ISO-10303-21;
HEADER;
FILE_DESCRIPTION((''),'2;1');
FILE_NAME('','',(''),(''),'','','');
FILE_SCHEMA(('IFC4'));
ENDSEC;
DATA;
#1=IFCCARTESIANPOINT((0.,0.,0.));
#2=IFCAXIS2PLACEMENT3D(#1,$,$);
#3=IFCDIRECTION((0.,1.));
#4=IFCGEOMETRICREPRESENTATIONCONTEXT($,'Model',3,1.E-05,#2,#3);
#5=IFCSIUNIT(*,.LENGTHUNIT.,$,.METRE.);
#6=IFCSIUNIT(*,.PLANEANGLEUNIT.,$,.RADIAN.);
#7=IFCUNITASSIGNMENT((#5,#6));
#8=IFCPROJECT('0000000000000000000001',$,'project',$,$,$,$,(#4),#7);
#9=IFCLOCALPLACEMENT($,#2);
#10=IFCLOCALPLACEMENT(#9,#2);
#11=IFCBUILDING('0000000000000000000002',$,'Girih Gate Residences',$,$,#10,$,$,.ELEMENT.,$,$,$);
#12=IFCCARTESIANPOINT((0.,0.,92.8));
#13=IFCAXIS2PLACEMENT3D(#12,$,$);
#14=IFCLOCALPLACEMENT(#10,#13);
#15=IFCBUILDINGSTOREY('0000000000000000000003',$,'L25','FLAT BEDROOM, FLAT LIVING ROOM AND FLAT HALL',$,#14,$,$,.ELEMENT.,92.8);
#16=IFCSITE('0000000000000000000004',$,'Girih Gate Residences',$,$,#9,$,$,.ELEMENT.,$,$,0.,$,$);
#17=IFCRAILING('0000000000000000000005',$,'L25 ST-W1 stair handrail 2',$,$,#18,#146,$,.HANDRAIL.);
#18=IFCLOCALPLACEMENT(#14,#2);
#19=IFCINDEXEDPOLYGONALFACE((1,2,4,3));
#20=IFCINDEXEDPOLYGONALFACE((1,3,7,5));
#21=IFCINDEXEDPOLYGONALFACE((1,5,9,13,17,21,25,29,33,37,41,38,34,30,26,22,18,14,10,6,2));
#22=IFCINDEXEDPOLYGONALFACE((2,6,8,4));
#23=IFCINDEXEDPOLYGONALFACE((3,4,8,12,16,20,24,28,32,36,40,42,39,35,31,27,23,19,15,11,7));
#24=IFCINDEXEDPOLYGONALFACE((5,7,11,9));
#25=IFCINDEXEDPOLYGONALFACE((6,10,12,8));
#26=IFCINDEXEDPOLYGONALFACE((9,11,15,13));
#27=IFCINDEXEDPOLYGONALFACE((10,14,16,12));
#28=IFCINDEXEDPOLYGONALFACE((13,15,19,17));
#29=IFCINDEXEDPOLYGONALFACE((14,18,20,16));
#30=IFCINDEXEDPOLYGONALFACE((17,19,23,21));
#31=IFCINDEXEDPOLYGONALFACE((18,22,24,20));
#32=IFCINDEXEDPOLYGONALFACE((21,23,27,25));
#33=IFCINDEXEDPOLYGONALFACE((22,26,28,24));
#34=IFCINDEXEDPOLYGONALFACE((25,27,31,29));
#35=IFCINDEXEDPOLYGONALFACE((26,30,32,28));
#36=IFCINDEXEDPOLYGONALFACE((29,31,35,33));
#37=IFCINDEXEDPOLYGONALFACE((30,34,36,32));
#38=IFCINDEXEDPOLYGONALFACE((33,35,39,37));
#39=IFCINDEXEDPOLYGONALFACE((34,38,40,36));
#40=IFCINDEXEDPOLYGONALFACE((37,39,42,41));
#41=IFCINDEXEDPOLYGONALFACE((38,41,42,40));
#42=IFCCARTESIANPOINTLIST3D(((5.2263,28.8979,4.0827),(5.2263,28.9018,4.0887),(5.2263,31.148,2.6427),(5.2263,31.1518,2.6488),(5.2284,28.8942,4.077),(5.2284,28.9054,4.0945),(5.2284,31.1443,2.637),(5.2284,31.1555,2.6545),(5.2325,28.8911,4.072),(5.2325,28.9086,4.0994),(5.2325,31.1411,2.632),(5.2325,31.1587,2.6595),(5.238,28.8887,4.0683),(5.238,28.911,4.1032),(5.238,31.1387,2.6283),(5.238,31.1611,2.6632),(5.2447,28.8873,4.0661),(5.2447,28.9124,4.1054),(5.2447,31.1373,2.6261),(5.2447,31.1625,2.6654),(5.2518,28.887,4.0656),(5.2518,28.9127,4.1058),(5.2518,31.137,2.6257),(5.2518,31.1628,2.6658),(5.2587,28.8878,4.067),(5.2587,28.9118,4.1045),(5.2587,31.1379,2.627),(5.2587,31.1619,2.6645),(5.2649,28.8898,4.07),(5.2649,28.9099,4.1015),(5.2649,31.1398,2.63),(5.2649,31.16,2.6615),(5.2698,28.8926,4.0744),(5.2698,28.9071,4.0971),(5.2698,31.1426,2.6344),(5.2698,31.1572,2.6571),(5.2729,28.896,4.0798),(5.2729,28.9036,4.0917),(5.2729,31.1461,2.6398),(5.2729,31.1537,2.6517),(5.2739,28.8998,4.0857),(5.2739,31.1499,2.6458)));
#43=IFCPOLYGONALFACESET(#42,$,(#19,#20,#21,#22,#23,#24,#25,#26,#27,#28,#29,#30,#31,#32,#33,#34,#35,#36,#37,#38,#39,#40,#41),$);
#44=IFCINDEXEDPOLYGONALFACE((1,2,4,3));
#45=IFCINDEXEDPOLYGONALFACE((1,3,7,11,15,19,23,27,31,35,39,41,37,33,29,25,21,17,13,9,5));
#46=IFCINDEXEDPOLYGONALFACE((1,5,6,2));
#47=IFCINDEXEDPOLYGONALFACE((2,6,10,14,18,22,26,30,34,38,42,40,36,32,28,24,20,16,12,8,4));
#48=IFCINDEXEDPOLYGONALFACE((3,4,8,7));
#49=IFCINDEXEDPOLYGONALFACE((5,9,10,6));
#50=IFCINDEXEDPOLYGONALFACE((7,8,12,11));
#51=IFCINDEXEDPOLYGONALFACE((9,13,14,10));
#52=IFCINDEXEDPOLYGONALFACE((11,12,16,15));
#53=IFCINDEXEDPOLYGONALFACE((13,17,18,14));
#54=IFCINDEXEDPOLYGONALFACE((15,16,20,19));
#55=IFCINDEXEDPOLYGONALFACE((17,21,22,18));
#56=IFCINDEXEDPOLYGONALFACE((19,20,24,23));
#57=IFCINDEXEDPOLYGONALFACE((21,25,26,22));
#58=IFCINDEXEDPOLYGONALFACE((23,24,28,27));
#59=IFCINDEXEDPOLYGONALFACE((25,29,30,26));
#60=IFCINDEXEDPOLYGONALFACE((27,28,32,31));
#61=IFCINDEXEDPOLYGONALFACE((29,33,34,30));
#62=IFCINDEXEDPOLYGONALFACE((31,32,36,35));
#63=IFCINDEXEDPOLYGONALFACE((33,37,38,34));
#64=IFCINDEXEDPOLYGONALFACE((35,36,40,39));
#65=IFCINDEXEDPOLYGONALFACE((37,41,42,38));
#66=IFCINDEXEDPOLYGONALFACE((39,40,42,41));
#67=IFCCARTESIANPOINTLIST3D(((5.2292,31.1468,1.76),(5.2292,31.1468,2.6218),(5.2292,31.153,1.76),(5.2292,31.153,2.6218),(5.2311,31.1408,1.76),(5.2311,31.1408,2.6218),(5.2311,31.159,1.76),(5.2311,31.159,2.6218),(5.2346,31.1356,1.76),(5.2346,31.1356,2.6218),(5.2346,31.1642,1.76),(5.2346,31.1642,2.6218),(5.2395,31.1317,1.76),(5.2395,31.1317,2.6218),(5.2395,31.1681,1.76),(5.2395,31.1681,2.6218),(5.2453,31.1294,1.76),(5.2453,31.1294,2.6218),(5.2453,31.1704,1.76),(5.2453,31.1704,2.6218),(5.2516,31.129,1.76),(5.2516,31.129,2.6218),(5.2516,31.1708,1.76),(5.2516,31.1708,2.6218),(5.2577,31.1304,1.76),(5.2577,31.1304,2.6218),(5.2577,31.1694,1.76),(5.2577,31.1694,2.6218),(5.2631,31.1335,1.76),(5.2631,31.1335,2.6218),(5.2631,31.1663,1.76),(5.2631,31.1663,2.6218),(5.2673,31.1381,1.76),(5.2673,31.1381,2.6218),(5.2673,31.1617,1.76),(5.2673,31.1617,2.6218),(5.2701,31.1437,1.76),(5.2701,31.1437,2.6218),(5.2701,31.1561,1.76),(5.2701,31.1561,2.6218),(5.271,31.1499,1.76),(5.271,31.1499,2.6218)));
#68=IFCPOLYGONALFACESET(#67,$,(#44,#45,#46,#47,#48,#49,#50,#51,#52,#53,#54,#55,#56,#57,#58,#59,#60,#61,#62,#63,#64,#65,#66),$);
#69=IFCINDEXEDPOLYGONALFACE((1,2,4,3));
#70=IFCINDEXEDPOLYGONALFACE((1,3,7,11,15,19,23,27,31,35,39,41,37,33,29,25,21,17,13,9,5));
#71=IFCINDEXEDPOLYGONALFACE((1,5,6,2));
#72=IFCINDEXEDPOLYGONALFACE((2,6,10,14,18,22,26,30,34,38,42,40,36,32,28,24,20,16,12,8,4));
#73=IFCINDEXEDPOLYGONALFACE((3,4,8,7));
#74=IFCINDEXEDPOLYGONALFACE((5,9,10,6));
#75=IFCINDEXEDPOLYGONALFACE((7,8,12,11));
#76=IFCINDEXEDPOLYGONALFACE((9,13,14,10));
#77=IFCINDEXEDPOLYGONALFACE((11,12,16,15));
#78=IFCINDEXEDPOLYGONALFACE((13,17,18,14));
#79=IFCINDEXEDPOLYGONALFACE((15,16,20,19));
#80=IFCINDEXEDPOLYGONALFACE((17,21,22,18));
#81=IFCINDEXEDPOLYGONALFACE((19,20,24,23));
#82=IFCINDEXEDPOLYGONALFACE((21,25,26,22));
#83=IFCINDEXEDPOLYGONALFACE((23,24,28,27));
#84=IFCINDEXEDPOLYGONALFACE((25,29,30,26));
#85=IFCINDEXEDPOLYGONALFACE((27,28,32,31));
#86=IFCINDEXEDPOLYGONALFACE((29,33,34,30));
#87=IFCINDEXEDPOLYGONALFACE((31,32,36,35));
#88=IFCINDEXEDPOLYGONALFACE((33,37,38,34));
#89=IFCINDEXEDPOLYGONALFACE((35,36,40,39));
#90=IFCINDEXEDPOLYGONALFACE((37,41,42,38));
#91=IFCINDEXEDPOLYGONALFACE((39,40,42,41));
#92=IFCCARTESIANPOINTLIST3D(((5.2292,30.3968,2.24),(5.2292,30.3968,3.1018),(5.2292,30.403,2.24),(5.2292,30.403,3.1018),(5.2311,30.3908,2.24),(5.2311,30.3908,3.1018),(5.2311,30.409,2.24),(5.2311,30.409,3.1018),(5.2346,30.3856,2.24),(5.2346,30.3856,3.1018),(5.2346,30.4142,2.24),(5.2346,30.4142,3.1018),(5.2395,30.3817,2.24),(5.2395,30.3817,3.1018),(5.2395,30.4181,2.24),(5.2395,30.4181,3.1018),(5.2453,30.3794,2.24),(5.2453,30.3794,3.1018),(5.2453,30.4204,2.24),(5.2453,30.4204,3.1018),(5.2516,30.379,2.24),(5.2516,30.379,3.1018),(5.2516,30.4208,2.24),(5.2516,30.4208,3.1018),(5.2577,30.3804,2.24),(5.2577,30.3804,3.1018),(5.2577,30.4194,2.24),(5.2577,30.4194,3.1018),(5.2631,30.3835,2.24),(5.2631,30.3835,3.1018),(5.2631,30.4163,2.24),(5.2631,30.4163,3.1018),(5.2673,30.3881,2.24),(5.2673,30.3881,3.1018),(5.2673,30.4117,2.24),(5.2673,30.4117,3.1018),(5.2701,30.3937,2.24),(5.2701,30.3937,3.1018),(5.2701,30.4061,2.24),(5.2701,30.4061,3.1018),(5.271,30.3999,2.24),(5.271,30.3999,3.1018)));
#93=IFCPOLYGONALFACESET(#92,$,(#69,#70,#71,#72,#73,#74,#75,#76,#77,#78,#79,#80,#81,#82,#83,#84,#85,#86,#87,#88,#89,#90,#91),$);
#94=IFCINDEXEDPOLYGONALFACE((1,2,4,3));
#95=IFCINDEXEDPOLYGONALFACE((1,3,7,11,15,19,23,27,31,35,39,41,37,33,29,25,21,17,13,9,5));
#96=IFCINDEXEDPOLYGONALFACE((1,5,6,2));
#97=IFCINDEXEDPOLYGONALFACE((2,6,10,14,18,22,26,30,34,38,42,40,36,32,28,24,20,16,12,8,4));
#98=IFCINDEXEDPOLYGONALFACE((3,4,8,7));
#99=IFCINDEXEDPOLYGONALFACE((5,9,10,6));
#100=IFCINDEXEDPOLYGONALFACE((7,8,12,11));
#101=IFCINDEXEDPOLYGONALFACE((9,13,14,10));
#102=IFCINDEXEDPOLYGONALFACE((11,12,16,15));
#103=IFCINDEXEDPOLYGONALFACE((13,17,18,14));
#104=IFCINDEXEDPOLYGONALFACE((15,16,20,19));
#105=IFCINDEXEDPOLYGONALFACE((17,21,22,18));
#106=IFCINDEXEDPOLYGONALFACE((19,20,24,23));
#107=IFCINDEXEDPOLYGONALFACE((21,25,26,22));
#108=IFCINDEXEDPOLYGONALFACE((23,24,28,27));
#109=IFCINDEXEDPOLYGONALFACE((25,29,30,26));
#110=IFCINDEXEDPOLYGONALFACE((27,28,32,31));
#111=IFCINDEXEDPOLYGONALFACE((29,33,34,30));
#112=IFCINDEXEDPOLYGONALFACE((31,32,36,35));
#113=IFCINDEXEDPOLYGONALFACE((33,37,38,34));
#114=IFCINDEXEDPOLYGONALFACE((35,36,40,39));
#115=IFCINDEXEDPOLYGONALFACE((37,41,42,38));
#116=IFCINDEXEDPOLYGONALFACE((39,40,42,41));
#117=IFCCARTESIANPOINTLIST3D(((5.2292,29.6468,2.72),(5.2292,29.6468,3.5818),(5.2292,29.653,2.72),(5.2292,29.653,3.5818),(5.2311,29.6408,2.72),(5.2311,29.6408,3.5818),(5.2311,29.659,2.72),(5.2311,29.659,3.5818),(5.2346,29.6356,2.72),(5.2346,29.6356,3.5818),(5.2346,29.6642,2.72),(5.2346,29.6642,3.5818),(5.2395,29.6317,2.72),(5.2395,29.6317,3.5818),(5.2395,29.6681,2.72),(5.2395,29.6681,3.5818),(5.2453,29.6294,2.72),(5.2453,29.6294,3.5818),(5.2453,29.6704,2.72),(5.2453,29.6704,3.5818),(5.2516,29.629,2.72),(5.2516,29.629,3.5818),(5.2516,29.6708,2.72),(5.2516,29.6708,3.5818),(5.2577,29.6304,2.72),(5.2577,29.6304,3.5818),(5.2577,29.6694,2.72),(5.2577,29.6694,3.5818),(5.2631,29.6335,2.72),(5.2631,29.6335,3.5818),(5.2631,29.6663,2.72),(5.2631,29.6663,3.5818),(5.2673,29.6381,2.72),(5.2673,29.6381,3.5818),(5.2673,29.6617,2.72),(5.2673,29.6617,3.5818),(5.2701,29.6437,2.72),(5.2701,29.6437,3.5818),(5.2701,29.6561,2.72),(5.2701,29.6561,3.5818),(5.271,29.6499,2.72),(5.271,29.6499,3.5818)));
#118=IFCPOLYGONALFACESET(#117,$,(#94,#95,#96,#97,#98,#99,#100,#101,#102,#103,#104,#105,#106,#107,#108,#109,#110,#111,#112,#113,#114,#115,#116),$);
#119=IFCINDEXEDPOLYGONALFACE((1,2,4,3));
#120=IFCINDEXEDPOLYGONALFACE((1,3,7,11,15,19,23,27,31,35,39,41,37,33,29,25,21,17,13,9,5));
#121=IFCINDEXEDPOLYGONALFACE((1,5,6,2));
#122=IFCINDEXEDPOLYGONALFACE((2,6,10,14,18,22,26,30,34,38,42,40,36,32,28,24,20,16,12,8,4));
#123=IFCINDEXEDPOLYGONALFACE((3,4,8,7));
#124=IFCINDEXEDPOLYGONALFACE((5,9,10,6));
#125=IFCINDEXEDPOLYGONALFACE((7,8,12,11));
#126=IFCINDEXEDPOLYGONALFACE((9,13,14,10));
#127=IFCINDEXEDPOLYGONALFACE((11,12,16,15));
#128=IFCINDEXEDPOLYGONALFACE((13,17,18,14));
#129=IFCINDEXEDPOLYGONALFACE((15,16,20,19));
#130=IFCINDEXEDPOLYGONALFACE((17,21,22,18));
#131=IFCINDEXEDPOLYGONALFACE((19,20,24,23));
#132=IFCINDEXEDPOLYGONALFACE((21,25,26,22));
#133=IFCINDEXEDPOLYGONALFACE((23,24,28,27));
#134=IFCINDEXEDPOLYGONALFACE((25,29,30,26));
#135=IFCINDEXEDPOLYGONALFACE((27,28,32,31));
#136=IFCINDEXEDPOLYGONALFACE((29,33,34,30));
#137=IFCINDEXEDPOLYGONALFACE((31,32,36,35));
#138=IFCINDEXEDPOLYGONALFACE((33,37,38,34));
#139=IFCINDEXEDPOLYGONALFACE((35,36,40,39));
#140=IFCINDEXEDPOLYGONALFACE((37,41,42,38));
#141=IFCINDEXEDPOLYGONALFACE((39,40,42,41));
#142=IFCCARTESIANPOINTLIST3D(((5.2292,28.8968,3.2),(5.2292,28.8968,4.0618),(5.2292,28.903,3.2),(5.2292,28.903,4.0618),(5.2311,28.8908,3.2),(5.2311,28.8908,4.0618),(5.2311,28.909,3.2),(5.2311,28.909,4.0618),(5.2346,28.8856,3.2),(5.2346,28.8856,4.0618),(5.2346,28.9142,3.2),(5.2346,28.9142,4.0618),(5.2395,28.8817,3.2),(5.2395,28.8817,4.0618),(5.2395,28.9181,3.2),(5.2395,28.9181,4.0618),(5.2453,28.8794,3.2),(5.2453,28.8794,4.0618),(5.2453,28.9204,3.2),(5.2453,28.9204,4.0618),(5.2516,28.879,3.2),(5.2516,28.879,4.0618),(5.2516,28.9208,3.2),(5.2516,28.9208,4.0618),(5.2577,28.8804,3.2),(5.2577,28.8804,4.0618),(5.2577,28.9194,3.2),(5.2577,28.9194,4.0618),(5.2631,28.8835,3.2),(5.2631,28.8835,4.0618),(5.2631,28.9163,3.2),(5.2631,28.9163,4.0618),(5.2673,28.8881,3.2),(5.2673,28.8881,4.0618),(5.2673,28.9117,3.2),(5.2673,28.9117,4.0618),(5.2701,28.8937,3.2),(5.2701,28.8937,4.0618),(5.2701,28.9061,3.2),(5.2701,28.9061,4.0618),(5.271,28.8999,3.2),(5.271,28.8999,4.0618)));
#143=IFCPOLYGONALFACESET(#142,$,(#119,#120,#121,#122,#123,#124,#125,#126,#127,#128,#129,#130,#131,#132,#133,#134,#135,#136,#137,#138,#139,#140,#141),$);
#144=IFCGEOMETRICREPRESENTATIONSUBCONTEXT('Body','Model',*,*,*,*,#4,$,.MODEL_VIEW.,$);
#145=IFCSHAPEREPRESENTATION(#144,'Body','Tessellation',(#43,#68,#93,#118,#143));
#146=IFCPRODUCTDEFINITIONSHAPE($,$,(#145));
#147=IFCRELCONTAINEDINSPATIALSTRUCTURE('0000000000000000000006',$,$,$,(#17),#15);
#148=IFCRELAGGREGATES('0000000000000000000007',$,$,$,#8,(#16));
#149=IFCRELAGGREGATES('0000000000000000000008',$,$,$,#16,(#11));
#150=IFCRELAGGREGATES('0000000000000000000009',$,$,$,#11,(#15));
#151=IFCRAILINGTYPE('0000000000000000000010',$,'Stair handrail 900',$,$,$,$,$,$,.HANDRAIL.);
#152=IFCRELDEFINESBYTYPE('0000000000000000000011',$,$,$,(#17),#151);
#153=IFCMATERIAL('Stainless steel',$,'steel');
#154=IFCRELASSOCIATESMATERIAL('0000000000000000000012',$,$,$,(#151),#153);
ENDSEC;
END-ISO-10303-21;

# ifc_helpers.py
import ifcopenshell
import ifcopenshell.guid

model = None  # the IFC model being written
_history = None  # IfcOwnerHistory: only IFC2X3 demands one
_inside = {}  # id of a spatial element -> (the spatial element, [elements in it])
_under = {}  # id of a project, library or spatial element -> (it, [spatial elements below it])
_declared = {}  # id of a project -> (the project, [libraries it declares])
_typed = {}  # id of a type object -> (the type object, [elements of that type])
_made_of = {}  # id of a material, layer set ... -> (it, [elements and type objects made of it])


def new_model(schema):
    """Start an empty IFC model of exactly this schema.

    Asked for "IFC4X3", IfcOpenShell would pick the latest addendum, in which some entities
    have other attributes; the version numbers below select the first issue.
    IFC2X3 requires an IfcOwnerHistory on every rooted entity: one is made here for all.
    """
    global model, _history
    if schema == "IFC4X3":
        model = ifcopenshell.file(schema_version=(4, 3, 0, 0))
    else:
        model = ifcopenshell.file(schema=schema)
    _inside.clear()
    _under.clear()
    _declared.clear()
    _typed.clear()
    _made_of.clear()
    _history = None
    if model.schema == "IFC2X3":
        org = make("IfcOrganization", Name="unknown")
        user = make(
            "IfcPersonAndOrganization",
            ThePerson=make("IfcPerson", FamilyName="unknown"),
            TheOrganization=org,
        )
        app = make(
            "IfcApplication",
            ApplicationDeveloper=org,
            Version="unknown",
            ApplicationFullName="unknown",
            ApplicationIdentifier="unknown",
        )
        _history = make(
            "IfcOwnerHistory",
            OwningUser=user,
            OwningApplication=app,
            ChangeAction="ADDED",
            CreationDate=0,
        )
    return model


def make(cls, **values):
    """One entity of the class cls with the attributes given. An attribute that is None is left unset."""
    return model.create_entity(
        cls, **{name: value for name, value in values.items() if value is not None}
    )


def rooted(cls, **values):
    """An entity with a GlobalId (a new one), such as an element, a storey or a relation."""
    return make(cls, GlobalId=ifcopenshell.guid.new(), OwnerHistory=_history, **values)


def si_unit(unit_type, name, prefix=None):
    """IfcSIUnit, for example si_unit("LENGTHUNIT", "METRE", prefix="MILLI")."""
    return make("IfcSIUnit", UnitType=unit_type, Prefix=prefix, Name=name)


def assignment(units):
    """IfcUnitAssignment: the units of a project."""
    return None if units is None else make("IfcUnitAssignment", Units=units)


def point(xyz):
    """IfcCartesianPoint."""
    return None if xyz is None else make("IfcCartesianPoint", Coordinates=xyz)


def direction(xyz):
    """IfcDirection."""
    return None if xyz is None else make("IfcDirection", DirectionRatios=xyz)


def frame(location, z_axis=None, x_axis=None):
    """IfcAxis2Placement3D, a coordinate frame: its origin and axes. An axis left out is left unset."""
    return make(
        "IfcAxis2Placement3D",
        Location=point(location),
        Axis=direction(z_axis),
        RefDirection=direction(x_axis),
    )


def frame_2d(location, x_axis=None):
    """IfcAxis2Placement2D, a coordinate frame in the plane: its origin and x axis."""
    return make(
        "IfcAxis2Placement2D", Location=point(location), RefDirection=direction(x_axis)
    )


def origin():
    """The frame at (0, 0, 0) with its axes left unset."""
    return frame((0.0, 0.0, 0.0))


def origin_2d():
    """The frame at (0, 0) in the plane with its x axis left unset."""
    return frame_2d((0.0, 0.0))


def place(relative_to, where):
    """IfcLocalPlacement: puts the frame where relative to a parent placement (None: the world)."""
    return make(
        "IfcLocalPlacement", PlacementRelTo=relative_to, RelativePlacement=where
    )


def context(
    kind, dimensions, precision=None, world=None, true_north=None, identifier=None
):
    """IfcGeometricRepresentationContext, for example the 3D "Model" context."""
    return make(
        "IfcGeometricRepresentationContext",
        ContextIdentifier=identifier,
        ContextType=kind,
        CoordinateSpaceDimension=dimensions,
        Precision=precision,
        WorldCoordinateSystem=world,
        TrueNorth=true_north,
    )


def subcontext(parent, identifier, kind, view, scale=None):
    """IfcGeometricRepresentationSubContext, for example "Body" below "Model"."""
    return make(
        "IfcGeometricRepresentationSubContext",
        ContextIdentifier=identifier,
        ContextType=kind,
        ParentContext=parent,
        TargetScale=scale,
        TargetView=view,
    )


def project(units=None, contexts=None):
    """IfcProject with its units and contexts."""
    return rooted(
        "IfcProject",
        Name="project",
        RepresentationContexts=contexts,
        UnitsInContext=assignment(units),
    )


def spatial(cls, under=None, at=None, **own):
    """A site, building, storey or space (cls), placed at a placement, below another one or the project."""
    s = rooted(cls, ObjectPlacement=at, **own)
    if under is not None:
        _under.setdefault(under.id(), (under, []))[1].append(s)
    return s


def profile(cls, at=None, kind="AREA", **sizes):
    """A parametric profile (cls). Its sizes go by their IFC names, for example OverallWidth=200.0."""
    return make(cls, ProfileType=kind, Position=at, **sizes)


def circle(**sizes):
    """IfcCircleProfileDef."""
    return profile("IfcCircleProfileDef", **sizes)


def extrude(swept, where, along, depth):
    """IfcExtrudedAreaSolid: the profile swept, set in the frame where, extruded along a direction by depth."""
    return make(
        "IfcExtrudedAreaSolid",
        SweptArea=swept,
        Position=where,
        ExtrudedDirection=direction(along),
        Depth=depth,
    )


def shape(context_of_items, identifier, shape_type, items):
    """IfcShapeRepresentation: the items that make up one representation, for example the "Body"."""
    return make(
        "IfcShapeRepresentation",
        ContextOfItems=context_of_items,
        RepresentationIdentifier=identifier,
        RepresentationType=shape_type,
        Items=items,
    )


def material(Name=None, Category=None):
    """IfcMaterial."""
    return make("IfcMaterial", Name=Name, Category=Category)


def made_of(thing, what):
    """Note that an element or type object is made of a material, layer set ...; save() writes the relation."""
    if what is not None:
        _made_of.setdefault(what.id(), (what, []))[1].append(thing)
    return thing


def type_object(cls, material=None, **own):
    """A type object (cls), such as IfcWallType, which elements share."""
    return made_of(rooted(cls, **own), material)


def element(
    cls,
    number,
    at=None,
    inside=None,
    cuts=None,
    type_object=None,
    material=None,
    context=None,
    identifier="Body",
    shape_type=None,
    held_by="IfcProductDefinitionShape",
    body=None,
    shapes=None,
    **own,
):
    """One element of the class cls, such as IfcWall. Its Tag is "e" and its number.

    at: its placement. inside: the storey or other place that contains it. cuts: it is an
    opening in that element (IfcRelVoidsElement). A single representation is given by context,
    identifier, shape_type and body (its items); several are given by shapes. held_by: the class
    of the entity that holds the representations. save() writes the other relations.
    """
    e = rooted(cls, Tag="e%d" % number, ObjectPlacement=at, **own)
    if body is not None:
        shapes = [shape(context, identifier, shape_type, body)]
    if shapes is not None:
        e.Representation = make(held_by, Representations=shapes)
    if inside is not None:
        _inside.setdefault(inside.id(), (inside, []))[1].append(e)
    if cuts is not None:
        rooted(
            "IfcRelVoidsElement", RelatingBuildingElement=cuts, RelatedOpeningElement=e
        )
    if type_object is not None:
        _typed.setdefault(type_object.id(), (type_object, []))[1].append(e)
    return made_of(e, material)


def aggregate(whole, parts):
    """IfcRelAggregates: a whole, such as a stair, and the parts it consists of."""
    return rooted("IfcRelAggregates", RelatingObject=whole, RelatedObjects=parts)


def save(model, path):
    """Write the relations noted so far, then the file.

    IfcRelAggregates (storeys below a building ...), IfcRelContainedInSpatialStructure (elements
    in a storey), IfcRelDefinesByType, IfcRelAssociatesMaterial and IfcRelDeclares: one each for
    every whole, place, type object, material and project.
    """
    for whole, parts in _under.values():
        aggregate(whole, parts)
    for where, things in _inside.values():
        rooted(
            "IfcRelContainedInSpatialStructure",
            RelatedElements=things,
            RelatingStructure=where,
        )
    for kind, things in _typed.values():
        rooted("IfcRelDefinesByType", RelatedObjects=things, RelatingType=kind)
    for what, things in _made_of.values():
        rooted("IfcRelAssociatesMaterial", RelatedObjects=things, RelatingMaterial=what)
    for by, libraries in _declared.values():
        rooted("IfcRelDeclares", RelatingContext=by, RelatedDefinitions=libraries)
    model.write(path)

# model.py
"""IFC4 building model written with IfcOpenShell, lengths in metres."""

from ifc_helpers import new_model, si_unit, direction, frame, origin, origin_2d, place, context, subcontext, project, spatial, circle, extrude, material, type_object, element, save


model = new_model("IFC4")

# Units and contexts
model_context = context("Model", 3, precision=1e-05, world=origin(), true_north=direction((0.0, 1.0)))
body_context = subcontext(model_context, "Body", "Model", "MODEL_VIEW")
ifc_project = project(units=[si_unit("LENGTHUNIT", "METRE"), si_unit("PLANEANGLEUNIT", "RADIAN")], contexts=[model_context])

# Site, building, storey
site_placement = place(None, origin())
site = spatial("IfcSite", under=ifc_project, at=site_placement, Name="Girih Gate Residences", CompositionType="ELEMENT", RefElevation=0.0)
building_placement = place(site_placement, origin())
building = spatial("IfcBuilding", under=site, at=building_placement, Name="Girih Gate Residences", CompositionType="ELEMENT")
storey_placement = place(building_placement, frame((0.0, 0.0, 92.8)))
storey = spatial("IfcBuildingStorey", under=building, at=storey_placement, Name="L25", Description="FLAT BEDROOM, FLAT LIVING ROOM AND FLAT HALL", CompositionType="ELEMENT", Elevation=92.8)

# Railing
ifc_material_1 = material(Name="Stainless steel", Category="steel")
railing_type_1 = type_object("IfcRailingType", Name="Stair handrail 900", PredefinedType="HANDRAIL", material=ifc_material_1)
railing_1_placement = place(storey_placement, frame((5.25, 31.1499, 1.76)))
element("IfcRailing", 1, at=railing_1_placement, inside=storey, type_object=railing_type_1, Name="L25 ST-W1 stair handrail 2", PredefinedType="HANDRAIL", context=body_context, shape_type="SweptSolid", body=[
    extrude(circle(Radius=0.0239, at=origin_2d()), frame((0.0, 0.0, 0.8857), z_axis=(0.0, -0.842281, 0.539038), x_axis=(1.0, 0.0, 0.0)), (0.0, 0.0, 1.0), 2.6714),
    extrude(circle(Radius=0.021, at=origin_2d()), origin(), (0.0, 0.0, 1.0), 0.8618),
    extrude(circle(Radius=0.021, at=origin_2d()), frame((0.0, -0.75, 0.48)), (0.0, 0.0, 1.0), 0.8618),
    extrude(circle(Radius=0.021, at=origin_2d()), frame((0.0, -1.5, 0.96)), (0.0, 0.0, 1.0), 0.8618),
    extrude(circle(Radius=0.021, at=origin_2d()), frame((0.0, -2.25, 1.4399)), (0.0, 0.0, 1.0), 0.8618),
])

save(model, "model.ifc")
